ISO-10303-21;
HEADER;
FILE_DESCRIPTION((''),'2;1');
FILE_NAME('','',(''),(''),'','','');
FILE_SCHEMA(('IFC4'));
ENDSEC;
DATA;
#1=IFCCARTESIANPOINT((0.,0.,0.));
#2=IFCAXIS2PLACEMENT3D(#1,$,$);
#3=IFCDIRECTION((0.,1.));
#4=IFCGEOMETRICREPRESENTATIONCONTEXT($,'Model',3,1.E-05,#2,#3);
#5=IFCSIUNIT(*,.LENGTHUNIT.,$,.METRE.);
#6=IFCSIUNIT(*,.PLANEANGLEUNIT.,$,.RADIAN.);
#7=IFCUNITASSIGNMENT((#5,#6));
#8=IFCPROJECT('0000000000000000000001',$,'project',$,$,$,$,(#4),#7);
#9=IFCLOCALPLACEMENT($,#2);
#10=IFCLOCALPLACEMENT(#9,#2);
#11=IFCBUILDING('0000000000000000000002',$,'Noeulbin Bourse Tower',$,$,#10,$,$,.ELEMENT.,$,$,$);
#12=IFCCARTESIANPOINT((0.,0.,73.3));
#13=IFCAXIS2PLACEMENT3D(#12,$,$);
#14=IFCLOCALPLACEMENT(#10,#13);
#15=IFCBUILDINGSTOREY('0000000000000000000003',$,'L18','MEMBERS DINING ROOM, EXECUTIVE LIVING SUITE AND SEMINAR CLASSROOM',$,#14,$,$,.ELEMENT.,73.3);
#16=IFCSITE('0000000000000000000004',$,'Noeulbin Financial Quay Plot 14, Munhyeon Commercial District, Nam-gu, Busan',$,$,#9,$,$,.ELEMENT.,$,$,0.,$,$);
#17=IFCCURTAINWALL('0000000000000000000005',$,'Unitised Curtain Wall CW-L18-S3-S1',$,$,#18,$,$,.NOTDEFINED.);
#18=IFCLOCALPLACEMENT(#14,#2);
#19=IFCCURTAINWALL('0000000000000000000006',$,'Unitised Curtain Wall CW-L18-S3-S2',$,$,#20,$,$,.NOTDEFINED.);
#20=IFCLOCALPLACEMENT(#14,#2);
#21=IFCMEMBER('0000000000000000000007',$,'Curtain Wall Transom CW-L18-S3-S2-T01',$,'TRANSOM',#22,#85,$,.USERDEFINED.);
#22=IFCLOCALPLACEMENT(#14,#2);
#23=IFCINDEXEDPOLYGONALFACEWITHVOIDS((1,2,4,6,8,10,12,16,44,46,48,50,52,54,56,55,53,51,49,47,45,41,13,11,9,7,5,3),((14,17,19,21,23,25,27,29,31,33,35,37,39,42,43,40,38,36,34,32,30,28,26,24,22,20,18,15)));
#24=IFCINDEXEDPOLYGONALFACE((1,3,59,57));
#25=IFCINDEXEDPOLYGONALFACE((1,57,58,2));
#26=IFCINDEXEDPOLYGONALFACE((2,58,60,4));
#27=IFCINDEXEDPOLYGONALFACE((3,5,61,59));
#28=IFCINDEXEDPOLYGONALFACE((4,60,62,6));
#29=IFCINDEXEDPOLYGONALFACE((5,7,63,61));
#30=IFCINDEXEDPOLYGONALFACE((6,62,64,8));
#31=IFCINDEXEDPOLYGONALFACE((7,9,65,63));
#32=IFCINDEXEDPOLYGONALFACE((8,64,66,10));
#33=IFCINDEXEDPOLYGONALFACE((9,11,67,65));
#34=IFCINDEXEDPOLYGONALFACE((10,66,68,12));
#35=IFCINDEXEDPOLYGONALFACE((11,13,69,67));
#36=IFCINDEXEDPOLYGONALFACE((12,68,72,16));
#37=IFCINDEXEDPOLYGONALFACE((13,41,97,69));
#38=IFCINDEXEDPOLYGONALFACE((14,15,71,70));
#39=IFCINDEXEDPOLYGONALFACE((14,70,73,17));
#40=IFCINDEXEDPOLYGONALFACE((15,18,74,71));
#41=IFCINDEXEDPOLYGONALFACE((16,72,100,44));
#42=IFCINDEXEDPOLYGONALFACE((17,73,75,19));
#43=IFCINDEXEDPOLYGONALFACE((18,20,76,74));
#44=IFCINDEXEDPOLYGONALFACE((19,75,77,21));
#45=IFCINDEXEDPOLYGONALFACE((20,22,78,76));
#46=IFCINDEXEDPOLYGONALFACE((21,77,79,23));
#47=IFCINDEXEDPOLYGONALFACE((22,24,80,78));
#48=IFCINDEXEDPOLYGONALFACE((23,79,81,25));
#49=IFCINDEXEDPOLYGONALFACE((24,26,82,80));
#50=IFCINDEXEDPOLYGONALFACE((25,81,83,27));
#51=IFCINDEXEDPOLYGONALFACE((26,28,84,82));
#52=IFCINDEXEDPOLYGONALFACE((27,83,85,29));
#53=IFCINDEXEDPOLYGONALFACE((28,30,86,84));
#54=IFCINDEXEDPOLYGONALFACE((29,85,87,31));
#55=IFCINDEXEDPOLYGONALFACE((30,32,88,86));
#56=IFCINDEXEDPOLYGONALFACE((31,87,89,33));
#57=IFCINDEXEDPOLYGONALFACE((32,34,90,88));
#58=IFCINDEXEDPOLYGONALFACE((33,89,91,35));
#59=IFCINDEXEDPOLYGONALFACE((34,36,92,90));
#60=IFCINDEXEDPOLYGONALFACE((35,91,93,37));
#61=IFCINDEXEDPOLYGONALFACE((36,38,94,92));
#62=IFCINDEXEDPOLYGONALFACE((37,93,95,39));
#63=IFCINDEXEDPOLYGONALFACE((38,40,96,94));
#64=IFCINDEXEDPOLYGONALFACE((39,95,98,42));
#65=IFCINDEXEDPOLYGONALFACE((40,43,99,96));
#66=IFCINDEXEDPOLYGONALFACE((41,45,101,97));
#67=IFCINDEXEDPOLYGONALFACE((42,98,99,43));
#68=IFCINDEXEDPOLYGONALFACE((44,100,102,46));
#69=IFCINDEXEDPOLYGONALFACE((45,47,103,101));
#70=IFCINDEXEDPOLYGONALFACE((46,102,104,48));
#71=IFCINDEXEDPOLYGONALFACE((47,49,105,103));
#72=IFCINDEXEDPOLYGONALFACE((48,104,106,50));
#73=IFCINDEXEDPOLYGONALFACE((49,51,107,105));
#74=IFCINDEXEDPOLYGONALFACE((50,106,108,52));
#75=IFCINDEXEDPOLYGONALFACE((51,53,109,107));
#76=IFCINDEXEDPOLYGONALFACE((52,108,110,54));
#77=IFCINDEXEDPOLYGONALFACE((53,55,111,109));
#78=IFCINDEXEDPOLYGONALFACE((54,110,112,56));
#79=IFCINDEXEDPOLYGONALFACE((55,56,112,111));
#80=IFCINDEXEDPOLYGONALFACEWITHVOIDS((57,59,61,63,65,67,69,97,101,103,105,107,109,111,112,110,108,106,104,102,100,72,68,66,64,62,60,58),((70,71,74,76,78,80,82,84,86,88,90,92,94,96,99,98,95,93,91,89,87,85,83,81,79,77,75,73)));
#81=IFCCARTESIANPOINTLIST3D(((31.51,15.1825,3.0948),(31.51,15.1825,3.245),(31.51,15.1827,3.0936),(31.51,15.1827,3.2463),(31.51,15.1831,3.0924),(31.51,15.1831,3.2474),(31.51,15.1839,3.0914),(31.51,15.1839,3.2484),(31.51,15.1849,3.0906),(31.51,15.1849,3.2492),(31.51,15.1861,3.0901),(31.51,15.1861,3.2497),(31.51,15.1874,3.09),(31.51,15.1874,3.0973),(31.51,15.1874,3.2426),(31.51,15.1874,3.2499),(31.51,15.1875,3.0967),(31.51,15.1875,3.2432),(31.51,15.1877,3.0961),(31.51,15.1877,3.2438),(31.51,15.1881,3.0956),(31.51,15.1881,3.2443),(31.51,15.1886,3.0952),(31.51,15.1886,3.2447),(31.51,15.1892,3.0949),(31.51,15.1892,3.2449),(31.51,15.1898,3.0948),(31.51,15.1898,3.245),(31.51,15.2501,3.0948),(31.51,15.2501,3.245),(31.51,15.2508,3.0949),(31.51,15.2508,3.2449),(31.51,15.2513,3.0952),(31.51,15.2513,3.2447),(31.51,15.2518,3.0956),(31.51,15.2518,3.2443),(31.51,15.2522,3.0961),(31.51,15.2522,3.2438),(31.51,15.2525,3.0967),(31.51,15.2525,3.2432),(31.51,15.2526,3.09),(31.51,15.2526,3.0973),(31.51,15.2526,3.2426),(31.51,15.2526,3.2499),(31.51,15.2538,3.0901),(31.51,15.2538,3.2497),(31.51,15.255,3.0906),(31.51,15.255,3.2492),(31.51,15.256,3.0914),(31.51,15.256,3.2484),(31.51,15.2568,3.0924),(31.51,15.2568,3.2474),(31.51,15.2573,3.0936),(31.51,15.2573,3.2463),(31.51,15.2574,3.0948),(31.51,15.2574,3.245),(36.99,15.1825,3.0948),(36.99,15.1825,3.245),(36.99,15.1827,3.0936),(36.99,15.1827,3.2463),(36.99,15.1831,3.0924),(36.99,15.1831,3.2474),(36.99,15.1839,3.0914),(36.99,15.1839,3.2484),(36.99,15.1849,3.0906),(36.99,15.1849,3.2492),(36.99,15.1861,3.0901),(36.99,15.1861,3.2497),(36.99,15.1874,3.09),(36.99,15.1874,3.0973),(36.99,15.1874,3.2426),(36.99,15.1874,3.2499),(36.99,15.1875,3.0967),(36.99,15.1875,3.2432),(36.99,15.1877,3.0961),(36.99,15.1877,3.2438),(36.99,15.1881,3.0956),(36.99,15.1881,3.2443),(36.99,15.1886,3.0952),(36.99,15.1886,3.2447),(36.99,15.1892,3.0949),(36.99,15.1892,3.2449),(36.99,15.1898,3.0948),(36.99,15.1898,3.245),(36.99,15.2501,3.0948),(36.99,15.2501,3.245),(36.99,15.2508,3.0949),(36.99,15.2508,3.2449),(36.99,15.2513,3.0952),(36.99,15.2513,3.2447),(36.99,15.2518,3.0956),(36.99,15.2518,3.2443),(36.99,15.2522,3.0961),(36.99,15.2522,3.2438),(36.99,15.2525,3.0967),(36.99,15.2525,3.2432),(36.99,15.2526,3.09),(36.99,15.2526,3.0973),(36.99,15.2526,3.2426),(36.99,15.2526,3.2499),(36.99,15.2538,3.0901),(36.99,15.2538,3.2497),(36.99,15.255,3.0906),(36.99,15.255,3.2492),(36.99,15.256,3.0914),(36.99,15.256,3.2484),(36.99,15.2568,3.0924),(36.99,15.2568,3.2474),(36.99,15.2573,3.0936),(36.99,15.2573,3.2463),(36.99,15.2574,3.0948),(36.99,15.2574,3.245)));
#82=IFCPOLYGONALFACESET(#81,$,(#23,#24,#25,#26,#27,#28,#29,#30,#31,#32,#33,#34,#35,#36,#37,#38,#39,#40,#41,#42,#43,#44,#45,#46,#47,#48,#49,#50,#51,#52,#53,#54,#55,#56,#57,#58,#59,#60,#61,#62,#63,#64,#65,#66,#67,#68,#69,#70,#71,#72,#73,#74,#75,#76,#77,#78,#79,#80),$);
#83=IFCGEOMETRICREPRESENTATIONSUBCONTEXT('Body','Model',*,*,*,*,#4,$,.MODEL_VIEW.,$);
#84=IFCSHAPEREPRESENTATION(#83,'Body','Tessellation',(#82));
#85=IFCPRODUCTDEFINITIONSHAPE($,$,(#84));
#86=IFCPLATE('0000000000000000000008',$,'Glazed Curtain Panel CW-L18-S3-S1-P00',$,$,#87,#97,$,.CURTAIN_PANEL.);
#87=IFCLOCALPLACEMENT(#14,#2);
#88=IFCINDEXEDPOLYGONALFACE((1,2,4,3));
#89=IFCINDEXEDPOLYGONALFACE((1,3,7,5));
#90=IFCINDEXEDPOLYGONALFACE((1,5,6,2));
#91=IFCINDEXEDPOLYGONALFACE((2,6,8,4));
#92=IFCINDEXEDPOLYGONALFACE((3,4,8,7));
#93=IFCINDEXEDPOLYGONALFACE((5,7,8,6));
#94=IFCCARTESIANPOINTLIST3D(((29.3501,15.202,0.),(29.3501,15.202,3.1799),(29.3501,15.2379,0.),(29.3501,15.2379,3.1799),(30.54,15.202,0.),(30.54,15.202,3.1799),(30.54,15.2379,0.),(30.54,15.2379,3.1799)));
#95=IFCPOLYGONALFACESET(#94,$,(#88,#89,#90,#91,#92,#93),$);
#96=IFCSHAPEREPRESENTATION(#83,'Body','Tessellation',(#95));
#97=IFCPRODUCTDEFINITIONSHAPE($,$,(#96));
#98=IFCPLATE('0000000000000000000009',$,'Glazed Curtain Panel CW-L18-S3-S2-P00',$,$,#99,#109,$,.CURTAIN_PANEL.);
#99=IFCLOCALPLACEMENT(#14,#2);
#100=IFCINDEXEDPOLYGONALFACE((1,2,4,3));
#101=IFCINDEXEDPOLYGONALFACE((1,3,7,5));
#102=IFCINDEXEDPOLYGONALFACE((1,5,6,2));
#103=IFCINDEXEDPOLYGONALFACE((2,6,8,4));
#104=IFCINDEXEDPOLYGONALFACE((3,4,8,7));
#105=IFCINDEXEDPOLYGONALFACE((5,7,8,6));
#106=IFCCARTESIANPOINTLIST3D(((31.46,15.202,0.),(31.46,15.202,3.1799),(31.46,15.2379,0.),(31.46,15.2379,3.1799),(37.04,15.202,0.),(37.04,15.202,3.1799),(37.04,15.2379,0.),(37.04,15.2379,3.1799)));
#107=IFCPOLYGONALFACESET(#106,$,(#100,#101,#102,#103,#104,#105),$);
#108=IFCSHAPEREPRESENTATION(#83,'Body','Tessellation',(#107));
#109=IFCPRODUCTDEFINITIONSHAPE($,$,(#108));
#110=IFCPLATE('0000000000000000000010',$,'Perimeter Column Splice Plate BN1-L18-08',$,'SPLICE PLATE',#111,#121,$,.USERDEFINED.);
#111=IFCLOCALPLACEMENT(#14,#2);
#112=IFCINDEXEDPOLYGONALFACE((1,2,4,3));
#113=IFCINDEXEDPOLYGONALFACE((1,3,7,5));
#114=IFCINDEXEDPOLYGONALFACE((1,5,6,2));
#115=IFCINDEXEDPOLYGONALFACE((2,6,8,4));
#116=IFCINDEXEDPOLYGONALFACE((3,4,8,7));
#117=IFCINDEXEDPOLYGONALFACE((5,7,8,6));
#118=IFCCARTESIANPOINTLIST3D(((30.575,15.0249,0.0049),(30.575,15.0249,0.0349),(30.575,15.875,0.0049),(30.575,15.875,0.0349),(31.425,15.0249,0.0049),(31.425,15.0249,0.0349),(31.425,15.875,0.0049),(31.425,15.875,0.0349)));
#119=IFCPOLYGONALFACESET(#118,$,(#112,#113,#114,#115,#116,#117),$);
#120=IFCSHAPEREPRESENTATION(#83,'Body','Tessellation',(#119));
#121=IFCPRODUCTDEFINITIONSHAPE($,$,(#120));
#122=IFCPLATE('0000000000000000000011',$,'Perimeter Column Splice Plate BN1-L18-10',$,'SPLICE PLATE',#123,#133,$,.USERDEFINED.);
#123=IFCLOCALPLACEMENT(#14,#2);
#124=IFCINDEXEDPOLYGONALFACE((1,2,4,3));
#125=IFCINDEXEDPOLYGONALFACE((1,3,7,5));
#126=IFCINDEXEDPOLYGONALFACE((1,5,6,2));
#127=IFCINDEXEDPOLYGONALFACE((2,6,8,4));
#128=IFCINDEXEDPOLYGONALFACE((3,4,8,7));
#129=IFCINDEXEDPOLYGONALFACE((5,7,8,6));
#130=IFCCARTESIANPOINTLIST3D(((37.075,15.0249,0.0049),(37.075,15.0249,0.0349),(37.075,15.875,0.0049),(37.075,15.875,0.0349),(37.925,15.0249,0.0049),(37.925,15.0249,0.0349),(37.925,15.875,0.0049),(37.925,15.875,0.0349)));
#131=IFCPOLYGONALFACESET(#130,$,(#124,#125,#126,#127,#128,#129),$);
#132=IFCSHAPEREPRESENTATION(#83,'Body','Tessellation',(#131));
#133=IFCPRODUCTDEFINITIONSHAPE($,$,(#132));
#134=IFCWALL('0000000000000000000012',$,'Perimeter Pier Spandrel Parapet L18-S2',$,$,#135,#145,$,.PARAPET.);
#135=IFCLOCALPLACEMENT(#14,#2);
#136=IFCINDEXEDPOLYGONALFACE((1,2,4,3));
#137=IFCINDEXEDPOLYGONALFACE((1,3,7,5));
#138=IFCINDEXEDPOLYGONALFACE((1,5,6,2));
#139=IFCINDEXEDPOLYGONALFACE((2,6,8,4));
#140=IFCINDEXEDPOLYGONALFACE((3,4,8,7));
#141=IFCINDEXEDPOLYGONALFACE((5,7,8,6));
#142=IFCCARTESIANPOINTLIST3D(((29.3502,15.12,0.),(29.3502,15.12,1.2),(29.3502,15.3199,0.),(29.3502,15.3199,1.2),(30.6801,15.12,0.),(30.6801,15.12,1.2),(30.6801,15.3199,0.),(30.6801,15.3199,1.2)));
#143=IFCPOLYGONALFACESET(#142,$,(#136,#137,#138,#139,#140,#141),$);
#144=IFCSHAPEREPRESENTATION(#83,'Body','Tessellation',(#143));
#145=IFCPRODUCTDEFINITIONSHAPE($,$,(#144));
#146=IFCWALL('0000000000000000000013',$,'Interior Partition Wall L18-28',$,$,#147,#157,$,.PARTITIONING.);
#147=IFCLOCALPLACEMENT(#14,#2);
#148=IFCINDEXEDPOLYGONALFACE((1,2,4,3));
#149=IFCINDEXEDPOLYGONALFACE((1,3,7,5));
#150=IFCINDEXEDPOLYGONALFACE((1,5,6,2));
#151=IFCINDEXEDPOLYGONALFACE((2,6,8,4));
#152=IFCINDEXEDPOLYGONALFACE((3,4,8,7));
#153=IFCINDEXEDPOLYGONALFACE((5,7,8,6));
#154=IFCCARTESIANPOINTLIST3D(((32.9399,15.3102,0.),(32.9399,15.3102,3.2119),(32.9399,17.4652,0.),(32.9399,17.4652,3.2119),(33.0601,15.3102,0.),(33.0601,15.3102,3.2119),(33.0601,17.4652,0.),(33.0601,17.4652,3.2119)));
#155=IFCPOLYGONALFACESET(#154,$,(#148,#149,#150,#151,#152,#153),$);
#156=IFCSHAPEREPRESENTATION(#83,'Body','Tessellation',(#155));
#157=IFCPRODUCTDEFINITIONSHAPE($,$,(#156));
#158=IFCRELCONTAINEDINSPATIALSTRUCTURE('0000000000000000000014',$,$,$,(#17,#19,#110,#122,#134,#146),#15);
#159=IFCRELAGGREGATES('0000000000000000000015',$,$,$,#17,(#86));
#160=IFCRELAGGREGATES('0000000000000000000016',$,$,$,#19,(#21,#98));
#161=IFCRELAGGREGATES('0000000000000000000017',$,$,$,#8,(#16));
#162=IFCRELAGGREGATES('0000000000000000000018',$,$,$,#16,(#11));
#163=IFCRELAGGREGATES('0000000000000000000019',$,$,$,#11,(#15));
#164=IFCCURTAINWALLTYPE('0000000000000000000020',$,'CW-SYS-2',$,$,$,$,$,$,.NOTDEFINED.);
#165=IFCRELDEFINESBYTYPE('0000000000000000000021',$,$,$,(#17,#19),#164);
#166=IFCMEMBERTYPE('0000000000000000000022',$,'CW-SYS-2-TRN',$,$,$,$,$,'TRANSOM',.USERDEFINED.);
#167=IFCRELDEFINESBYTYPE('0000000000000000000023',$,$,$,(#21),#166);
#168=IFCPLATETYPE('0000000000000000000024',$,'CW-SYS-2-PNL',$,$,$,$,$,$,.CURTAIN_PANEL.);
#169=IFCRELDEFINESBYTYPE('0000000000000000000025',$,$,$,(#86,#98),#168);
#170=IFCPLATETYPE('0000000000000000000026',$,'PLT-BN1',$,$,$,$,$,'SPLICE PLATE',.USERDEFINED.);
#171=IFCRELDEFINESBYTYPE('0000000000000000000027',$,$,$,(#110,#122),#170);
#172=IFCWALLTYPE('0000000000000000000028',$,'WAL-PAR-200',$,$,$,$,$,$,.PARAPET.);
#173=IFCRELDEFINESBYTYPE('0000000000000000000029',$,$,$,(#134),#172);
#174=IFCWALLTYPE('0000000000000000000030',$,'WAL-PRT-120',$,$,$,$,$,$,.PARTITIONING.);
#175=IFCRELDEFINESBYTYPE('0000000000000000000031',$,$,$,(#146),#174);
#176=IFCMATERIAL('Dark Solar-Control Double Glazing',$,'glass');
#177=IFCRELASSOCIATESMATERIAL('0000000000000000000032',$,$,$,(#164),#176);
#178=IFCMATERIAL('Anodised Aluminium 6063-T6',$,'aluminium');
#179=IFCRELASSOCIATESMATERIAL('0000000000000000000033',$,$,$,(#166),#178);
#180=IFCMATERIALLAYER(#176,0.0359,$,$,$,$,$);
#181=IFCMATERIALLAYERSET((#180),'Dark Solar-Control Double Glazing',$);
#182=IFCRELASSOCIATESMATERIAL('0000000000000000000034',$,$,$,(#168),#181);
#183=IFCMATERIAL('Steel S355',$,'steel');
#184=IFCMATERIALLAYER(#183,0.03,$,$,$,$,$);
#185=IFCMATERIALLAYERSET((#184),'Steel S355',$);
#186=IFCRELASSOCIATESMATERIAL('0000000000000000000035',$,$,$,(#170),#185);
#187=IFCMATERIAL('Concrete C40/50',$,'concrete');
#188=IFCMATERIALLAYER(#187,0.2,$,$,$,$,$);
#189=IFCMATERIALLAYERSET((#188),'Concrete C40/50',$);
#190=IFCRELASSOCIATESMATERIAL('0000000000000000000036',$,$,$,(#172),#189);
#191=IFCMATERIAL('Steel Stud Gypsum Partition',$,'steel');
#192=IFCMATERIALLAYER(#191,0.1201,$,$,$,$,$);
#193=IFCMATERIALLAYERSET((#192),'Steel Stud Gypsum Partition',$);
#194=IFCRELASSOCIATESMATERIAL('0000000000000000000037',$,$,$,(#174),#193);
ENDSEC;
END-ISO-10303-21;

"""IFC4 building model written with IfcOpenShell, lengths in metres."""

from ifc_helpers import new_model, si_unit, direction, frame, frame_2d, origin, origin_2d, place, context, subcontext, project, spatial, rectangle, hollow_rectangle, extrude, material, layer, layer_set, material_profile, profile_set, type_object, element, aggregate, save


model = new_model("IFC4")

# Units and contexts
model_context = context("Model", 3, precision=1e-05, world=origin(), true_north=direction((0.0, 1.0)))
body_context = subcontext(model_context, "Body", "Model", "MODEL_VIEW")
ifc_project = project(units=[si_unit("LENGTHUNIT", "METRE"), si_unit("PLANEANGLEUNIT", "RADIAN")], contexts=[model_context])

# Site, building, storey
site_placement = place(None, origin())
site = spatial("IfcSite", under=ifc_project, at=site_placement, Name="Noeulbin Financial Quay Plot 14, Munhyeon Commercial District, Nam-gu, Busan", CompositionType="ELEMENT", RefElevation=0.0)
building_placement = place(site_placement, origin())
building = spatial("IfcBuilding", under=site, at=building_placement, Name="Noeulbin Bourse Tower", CompositionType="ELEMENT")
storey_placement = place(building_placement, frame((0.0, 0.0, 73.3)))
storey = spatial("IfcBuildingStorey", under=building, at=storey_placement, Name="L18", Description="MEMBERS DINING ROOM, EXECUTIVE LIVING SUITE AND SEMINAR CLASSROOM", CompositionType="ELEMENT", Elevation=73.3)

# Shared definitions
ifc_material_1 = material(Name="Steel S355", Category="steel")

# Curtain walls
ifc_material_2 = material(Name="Dark Solar-Control Double Glazing", Category="glass")
curtain_wall_type = type_object("IfcCurtainWallType", Name="CW-SYS-2", PredefinedType="NOTDEFINED", material=ifc_material_2)
curtain_wall_1_placement = place(storey_placement, origin())
curtain_wall_1 = element("IfcCurtainWall", 1, at=curtain_wall_1_placement, inside=storey, type_object=curtain_wall_type, Name="Unitised Curtain Wall CW-L18-S3-S1", PredefinedType="NOTDEFINED")
ifc_material_3 = material(Name="Anodised Aluminium 6063-T6", Category="aluminium")
curtain_wall_2_placement = place(storey_placement, origin())
curtain_wall_2 = element("IfcCurtainWall", 2, at=curtain_wall_2_placement, inside=storey, type_object=curtain_wall_type, Name="Unitised Curtain Wall CW-L18-S3-S2", PredefinedType="NOTDEFINED")

# Member
ifc_material_profile_1 = material_profile(ifc_material_3, hollow_rectangle(XDim=0.075, YDim=0.1599, WallThickness=0.0049, InnerFilletRadius=0.0024, OuterFilletRadius=0.0049, at=origin_2d()), Name="ALU-TRAN-75x160x5", Category="LoadBearing")
ifc_profile_set_1 = profile_set([ifc_material_profile_1], Name="Anodised Aluminium 6063-T6")
member_type_1 = type_object("IfcMemberType", Name="CW-SYS-2-TRN", ElementType="TRANSOM", PredefinedType="USERDEFINED", material=ifc_profile_set_1)
member_1_placement = place(storey_placement, frame((31.51, 15.22, 3.1699), z_axis=(1.0, 0.0, 0.0), x_axis=(0.0, 1.0, 0.0)))
member_1 = element("IfcMember", 3, at=member_1_placement, type_object=member_type_1, Name="Curtain Wall Transom CW-L18-S3-S2-T01", ObjectType="TRANSOM", PredefinedType="USERDEFINED", context=body_context, shape_type="SweptSolid", body=[
    extrude(hollow_rectangle(XDim=0.075, YDim=0.1599, WallThickness=0.0049, InnerFilletRadius=0.0024, OuterFilletRadius=0.0049, at=origin_2d()), origin(), (0.0, 0.0, 1.0), 5.48),
])

# Plates
ifc_layer_1 = layer(ifc_material_2, 0.0359)
ifc_layer_set_1 = layer_set([ifc_layer_1], Name="Dark Solar-Control Double Glazing")
plate_type_1 = type_object("IfcPlateType", Name="CW-SYS-2-PNL", PredefinedType="CURTAIN_PANEL", material=ifc_layer_set_1)
plate_1_placement = place(storey_placement, frame((29.9451, 15.22, 0.0), z_axis=(0.0, 0.0, 1.0), x_axis=(1.0, 0.0, 0.0)))
plate_1 = element("IfcPlate", 4, at=plate_1_placement, type_object=plate_type_1, Name="Glazed Curtain Panel CW-L18-S3-S1-P00", PredefinedType="CURTAIN_PANEL", context=body_context, shape_type="SweptSolid", body=[
    extrude(rectangle(XDim=1.1899, YDim=0.0359, at=origin_2d()), origin(), (0.0, 0.0, 1.0), 3.1799),
])
aggregate(curtain_wall_1, [plate_1])
plate_2_placement = place(storey_placement, frame((34.25, 15.22, 0.0), z_axis=(0.0, 0.0, 1.0), x_axis=(1.0, 0.0, 0.0)))
plate_2 = element("IfcPlate", 5, at=plate_2_placement, type_object=plate_type_1, Name="Glazed Curtain Panel CW-L18-S3-S2-P00", PredefinedType="CURTAIN_PANEL", context=body_context, shape_type="SweptSolid", body=[
    extrude(rectangle(XDim=5.5801, YDim=0.0359, at=origin_2d()), origin(), (0.0, 0.0, 1.0), 3.1799),
])
aggregate(curtain_wall_2, [member_1, plate_2])

# Plates
ifc_layer_2 = layer(ifc_material_1, 0.03)
ifc_layer_set_2 = layer_set([ifc_layer_2], Name="Steel S355")
plate_type_2 = type_object("IfcPlateType", Name="PLT-BN1", ElementType="SPLICE PLATE", PredefinedType="USERDEFINED", material=ifc_layer_set_2)
for number, where, z_axis, x_axis, name in (
    (6, (31.0, 15.45, 0.0049), (0.0, 0.0, 1.0), (1.0, 0.0, 0.0), "Perimeter Column Splice Plate BN1-L18-08"),
    (7, (37.5, 15.45, 0.0049), (0.0, 0.0, 1.0), (1.0, 0.0, 0.0), "Perimeter Column Splice Plate BN1-L18-10"),
):
    element("IfcPlate", number, at=place(storey_placement, frame(where, z_axis=z_axis, x_axis=x_axis)), inside=storey, type_object=plate_type_2, Name=name, ObjectType="SPLICE PLATE", PredefinedType="USERDEFINED", context=body_context, shape_type="SweptSolid", body=[
        extrude(rectangle(XDim=0.8501, YDim=0.8501, at=origin_2d()), origin(), (0.0, 0.0, 1.0), 0.03),
    ])

# Walls
ifc_material_4 = material(Name="Concrete C40/50", Category="concrete")
ifc_layer_3 = layer(ifc_material_4, 0.2)
ifc_layer_set_3 = layer_set([ifc_layer_3], Name="Concrete C40/50")
wall_type_1 = type_object("IfcWallType", Name="WAL-PAR-200", PredefinedType="PARAPET", material=ifc_layer_set_3)
wall_1_placement = place(storey_placement, frame((29.3501, 15.22, 0.0), z_axis=(0.0, 0.0, 1.0), x_axis=(1.0, 0.0, 0.0)))
element("IfcWall", 8, at=wall_1_placement, inside=storey, type_object=wall_type_1, Name="Perimeter Pier Spandrel Parapet L18-S2", PredefinedType="PARAPET", context=body_context, shape_type="SweptSolid", body=[
    extrude(rectangle(XDim=1.3298, YDim=0.2, at=frame_2d((0.665, 0.0))), origin(), (0.0, 0.0, 1.0), 1.2),
])
ifc_material_5 = material(Name="Steel Stud Gypsum Partition", Category="steel")
ifc_layer_4 = layer(ifc_material_5, 0.1201)
ifc_layer_set_4 = layer_set([ifc_layer_4], Name="Steel Stud Gypsum Partition")
wall_type_2 = type_object("IfcWallType", Name="WAL-PRT-120", PredefinedType="PARTITIONING", material=ifc_layer_set_4)
wall_2_placement = place(storey_placement, frame((33.0, 15.3101, 0.0), z_axis=(0.0, 0.0, 1.0), x_axis=(0.0, 1.0, 0.0)))
element("IfcWall", 9, at=wall_2_placement, inside=storey, type_object=wall_type_2, Name="Interior Partition Wall L18-28", PredefinedType="PARTITIONING", context=body_context, shape_type="SweptSolid", body=[
    extrude(rectangle(XDim=2.155, YDim=0.1201, at=frame_2d((1.0776, 0.0))), origin(), (0.0, 0.0, 1.0), 3.2119),
])

save(model, "model.ifc")
